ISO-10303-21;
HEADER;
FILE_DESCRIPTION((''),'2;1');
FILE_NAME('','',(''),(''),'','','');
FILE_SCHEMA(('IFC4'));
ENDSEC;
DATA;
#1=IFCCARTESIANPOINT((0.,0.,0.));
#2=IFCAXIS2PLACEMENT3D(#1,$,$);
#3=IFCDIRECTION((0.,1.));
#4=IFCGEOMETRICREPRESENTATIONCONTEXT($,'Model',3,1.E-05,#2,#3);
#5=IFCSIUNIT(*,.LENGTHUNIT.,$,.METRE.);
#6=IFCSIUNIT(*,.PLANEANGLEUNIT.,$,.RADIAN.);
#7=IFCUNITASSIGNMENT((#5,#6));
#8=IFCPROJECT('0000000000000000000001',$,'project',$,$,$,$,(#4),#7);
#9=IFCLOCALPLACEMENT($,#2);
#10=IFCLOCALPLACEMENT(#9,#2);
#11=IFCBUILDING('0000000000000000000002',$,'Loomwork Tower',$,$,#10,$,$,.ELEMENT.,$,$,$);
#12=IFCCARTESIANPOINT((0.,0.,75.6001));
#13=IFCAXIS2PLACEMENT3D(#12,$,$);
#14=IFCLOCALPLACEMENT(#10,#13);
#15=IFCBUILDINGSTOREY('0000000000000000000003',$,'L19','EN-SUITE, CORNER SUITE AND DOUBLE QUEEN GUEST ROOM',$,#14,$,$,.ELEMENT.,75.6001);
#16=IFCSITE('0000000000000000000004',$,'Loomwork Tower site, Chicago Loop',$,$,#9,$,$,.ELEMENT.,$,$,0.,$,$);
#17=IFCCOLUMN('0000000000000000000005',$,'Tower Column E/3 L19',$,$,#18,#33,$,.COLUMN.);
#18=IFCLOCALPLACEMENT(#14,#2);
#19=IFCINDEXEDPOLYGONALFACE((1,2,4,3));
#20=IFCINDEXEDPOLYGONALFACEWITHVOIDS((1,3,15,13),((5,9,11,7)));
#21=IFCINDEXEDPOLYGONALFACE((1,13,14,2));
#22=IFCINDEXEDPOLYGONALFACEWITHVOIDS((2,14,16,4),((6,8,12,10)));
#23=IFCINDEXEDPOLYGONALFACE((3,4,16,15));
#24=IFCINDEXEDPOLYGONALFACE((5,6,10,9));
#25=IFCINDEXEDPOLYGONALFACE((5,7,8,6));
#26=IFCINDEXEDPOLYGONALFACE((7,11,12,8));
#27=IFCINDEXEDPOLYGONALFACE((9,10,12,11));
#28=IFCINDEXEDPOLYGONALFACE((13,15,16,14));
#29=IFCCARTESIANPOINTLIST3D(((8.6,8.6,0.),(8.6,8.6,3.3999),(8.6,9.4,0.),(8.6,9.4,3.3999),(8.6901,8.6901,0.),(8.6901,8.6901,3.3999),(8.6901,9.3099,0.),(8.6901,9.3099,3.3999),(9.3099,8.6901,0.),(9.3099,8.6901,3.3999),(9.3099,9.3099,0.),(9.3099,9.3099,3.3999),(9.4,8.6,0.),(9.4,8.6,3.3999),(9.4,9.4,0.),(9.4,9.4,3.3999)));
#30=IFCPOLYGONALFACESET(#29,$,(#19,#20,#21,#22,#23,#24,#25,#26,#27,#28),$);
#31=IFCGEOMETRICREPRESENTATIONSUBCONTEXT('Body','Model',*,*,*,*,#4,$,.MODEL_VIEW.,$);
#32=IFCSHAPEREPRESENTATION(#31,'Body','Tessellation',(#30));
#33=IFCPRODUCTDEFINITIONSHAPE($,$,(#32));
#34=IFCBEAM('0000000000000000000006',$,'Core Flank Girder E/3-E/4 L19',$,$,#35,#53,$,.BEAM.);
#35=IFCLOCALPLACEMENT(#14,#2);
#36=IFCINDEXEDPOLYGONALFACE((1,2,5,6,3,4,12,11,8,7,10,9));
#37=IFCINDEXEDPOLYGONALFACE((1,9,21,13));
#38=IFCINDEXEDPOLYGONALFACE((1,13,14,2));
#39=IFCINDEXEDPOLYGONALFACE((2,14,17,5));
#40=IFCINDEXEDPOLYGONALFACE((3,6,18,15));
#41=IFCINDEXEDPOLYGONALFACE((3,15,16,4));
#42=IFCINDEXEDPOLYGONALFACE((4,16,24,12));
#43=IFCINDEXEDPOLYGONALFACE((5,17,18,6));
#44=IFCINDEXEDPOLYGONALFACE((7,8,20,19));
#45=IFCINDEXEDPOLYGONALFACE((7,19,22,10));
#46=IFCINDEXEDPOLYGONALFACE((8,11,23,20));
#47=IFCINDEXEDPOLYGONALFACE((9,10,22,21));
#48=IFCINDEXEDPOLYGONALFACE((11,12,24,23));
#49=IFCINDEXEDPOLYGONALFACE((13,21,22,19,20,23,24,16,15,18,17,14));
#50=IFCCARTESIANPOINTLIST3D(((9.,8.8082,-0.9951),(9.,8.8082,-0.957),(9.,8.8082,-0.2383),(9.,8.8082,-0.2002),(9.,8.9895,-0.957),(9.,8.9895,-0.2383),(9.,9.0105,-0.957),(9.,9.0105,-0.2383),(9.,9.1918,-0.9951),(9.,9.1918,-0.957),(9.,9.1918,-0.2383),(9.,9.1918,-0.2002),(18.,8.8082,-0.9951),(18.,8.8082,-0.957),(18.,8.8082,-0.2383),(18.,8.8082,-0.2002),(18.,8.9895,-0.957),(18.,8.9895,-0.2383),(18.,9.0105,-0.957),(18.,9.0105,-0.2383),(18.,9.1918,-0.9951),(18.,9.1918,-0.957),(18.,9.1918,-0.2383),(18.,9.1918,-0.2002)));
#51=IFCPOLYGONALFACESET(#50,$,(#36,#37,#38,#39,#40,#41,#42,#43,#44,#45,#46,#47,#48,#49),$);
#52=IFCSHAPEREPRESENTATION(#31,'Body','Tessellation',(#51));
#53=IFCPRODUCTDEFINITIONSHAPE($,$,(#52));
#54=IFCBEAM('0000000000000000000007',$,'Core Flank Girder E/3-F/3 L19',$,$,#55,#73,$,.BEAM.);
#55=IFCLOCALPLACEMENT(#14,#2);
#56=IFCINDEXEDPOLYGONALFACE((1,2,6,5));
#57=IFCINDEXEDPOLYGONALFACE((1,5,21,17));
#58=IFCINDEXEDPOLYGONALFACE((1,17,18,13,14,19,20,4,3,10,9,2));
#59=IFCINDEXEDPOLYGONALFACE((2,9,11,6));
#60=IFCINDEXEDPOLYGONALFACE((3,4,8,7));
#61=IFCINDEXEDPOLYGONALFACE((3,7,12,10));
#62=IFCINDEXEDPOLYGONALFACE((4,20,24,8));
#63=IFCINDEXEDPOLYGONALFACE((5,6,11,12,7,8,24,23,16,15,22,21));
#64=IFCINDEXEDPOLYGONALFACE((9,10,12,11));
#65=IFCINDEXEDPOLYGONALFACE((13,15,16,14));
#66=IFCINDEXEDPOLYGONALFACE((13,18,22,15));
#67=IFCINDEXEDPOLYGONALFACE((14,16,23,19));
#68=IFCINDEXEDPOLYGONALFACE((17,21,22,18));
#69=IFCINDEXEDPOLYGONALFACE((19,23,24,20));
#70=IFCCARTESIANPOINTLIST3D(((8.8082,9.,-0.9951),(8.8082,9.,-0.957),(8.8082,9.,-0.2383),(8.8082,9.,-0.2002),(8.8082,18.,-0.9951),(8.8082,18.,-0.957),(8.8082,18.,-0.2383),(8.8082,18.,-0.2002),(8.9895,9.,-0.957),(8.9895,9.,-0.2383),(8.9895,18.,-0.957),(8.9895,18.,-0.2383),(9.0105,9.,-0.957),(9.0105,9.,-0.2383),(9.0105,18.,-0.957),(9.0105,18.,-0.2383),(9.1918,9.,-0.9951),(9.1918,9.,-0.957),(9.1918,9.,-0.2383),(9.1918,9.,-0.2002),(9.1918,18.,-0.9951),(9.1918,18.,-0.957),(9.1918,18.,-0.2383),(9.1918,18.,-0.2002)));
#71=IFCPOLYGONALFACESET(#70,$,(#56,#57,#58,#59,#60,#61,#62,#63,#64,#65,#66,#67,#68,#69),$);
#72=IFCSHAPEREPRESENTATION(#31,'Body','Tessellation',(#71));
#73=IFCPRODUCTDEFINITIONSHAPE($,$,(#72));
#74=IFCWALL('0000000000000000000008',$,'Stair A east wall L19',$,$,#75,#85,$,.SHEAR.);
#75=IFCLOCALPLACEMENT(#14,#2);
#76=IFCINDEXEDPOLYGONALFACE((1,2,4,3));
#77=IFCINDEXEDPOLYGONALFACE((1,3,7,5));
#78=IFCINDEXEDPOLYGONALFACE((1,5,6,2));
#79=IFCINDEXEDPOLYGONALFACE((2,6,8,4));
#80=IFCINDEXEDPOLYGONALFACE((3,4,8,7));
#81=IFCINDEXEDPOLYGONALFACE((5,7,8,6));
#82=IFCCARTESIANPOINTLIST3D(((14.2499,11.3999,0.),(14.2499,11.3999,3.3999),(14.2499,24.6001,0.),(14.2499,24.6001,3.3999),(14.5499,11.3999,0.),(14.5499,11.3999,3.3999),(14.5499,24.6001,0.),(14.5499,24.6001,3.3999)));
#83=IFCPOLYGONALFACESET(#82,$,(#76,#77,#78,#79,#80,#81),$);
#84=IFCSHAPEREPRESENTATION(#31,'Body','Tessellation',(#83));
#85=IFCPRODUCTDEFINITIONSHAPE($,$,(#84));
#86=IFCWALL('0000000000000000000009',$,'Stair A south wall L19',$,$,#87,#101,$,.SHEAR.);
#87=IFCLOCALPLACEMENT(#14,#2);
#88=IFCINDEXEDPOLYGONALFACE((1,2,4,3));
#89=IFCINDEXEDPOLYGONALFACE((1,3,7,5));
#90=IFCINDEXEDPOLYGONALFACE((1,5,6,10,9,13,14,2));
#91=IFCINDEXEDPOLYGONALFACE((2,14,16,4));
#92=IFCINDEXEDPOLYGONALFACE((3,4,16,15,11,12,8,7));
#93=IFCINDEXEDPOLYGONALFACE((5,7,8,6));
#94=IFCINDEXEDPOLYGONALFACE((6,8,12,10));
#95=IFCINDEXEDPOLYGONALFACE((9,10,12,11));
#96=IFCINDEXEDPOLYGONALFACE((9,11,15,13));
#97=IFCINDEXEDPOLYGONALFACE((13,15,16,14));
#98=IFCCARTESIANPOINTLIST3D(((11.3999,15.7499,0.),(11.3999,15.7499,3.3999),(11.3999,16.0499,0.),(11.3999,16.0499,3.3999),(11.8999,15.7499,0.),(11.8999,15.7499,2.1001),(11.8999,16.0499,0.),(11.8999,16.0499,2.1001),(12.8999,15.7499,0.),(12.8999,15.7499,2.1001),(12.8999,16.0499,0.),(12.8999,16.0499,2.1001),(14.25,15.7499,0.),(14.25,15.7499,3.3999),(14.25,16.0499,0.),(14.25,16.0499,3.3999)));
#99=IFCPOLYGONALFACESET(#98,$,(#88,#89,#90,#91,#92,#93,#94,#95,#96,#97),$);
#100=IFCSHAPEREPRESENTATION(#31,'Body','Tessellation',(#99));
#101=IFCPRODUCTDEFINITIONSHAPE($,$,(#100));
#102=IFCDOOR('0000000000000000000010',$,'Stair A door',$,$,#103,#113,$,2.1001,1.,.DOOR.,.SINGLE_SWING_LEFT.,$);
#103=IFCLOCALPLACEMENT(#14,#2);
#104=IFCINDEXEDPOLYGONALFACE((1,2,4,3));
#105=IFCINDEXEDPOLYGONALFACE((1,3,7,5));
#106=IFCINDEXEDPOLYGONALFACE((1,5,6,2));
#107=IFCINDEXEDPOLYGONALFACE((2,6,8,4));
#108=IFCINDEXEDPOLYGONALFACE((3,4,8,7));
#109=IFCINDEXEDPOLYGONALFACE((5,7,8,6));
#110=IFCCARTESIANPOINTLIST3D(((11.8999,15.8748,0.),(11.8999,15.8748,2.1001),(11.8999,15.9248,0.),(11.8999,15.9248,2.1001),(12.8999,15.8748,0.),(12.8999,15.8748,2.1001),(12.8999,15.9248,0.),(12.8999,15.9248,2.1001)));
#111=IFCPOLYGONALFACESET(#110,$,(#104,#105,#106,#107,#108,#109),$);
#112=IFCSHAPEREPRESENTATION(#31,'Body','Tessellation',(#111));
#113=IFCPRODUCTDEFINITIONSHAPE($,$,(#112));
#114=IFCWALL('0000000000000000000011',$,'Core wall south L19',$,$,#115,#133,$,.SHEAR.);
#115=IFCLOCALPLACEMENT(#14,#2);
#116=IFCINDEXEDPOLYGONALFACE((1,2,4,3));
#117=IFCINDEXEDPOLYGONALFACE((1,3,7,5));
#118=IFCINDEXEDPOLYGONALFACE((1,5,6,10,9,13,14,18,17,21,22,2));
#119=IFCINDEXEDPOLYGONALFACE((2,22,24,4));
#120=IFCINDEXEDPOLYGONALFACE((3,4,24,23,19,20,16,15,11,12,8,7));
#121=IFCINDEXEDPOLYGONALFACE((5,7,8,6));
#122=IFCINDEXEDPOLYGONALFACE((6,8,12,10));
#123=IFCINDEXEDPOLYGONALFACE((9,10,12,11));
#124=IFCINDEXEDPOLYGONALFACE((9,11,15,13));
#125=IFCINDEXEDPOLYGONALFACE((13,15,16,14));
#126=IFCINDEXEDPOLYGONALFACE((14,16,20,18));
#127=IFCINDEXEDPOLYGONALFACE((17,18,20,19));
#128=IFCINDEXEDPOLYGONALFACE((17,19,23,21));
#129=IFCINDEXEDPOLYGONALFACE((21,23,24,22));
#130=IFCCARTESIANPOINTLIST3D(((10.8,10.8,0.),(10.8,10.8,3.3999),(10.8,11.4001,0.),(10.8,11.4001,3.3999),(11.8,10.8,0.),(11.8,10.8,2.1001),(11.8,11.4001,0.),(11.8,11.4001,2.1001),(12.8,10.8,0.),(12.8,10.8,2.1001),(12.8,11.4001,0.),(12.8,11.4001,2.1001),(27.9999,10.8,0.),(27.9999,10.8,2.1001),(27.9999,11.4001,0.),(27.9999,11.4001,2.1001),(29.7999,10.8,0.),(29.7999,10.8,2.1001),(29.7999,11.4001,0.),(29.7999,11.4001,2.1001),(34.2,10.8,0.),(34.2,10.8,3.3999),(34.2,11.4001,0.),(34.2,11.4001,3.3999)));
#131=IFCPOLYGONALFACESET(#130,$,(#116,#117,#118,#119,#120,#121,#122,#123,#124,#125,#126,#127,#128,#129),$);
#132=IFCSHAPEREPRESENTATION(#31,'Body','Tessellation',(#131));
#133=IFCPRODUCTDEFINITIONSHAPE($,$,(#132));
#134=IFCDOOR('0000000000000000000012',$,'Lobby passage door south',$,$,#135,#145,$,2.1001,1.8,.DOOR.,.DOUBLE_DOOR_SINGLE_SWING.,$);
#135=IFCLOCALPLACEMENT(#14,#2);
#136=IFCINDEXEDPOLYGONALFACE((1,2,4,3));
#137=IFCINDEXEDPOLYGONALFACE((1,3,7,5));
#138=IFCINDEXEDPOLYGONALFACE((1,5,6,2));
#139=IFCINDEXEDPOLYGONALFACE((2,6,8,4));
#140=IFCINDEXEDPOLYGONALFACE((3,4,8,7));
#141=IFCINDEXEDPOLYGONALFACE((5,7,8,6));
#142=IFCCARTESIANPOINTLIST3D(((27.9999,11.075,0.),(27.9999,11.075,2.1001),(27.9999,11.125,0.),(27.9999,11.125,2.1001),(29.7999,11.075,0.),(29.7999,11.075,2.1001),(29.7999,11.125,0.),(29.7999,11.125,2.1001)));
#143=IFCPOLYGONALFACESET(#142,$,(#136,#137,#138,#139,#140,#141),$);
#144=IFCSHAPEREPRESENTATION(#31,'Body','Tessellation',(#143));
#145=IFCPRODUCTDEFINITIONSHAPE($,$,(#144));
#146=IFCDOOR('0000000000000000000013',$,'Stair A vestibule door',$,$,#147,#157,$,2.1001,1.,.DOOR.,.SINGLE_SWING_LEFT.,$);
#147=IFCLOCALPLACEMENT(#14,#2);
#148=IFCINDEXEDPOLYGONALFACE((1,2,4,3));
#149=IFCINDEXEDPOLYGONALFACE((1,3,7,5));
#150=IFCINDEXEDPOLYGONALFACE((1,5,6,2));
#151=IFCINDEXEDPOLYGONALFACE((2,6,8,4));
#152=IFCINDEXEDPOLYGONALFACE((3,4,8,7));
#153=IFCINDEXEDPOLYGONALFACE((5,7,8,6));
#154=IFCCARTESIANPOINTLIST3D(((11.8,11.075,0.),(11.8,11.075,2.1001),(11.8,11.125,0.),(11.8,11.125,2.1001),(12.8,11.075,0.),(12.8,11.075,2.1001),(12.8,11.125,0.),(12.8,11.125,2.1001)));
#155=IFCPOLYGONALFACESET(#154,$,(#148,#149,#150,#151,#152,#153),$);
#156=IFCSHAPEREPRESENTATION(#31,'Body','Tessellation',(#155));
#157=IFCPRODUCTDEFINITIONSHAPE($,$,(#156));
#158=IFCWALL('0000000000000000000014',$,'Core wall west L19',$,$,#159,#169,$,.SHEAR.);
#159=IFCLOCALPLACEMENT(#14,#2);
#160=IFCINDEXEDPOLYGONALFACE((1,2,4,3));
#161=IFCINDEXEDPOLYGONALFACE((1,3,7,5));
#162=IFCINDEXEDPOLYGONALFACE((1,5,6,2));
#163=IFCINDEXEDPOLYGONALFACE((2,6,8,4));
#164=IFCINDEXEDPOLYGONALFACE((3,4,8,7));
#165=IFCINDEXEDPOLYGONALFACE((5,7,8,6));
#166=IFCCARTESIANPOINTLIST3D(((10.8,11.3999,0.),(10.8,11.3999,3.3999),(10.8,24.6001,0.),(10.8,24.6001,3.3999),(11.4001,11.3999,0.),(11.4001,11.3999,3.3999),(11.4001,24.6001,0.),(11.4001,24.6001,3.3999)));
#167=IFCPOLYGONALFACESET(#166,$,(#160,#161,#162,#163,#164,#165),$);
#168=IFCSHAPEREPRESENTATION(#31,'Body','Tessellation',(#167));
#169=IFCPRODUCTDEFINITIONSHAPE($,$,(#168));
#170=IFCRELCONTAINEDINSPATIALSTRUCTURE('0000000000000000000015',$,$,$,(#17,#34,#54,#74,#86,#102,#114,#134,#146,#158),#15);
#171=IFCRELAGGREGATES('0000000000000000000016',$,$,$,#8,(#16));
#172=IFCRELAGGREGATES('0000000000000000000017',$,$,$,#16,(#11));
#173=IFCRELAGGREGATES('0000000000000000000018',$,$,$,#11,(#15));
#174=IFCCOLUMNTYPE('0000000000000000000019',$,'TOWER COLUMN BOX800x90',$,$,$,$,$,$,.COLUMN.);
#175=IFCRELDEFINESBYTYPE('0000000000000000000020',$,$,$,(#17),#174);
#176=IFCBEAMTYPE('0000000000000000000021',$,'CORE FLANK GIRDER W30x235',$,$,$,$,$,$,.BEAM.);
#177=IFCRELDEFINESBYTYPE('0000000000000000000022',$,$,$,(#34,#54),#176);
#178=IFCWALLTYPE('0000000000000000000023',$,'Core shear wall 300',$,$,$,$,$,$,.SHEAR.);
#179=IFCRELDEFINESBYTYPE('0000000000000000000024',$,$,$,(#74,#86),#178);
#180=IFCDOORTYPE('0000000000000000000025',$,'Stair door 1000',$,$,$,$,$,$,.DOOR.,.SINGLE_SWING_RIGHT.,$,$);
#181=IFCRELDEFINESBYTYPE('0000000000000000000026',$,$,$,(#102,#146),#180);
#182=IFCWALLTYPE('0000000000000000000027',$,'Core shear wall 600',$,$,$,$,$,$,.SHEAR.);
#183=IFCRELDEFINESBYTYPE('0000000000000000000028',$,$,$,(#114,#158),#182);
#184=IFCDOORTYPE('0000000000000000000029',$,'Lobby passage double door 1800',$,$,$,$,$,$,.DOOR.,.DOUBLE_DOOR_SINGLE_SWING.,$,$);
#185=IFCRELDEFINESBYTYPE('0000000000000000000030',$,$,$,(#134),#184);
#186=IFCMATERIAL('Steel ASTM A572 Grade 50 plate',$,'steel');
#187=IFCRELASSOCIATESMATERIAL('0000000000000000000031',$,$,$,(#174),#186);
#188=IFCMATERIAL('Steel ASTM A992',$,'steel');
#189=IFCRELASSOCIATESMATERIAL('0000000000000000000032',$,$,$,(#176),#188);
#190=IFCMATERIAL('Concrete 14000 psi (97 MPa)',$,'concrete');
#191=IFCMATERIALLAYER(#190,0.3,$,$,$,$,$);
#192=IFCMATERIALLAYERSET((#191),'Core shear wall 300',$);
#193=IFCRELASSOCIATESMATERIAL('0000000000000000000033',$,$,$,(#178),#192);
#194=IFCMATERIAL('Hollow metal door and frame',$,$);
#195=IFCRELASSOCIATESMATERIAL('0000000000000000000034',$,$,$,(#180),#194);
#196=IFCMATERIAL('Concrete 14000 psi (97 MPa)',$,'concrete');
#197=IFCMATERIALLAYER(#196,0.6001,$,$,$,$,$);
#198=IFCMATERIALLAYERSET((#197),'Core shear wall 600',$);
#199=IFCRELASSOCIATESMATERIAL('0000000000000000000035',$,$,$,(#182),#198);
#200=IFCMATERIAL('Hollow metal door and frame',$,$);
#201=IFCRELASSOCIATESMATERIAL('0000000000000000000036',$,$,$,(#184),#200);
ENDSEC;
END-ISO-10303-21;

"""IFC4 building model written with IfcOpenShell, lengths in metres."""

from ifc_helpers import new_model, si_unit, direction, frame, frame_2d, origin, origin_2d, place, context, subcontext, project, spatial, rectangle, hollow_rectangle, i_section, extrude, material, layer, layer_set, material_profile, profile_set, type_object, element, fill, save


model = new_model("IFC4")

# Units and contexts
model_context = context("Model", 3, precision=1e-05, world=origin(), true_north=direction((0.0, 1.0)))
body_context = subcontext(model_context, "Body", "Model", "MODEL_VIEW")
ifc_project = project(units=[si_unit("LENGTHUNIT", "METRE"), si_unit("PLANEANGLEUNIT", "RADIAN")], contexts=[model_context])

# Site, building, storey
site_placement = place(None, origin())
site = spatial("IfcSite", under=ifc_project, at=site_placement, Name="Loomwork Tower site, Chicago Loop", CompositionType="ELEMENT", RefElevation=0.0)
building_placement = place(site_placement, origin())
building = spatial("IfcBuilding", under=site, at=building_placement, Name="Loomwork Tower", CompositionType="ELEMENT")
storey_placement = place(building_placement, frame((0.0, 0.0, 75.6001)))
storey = spatial("IfcBuildingStorey", under=building, at=storey_placement, Name="L19", Description="EN-SUITE, CORNER SUITE AND DOUBLE QUEEN GUEST ROOM", CompositionType="ELEMENT", Elevation=75.6001)

# Column
ifc_material_1 = material(Name="Steel ASTM A572 Grade 50 plate", Category="steel")
ifc_material_profile_1 = material_profile(ifc_material_1, hollow_rectangle(XDim=0.8, YDim=0.8, WallThickness=0.0901, at=origin_2d()), Name="BOX800x90")
ifc_profile_set_1 = profile_set([ifc_material_profile_1], Name="Steel ASTM A572 Grade 50 plate")
column_type = type_object("IfcColumnType", Name="TOWER COLUMN BOX800x90", PredefinedType="COLUMN", material=ifc_profile_set_1)
column_placement = place(storey_placement, frame((9.0, 9.0, 0.0), z_axis=(0.0, 0.0, 1.0), x_axis=(1.0, 0.0, 0.0)))
element("IfcColumn", 1, at=column_placement, inside=storey, type_object=column_type, Name="Tower Column E/3 L19", PredefinedType="COLUMN", context=body_context, shape_type="SweptSolid", body=[
    extrude(hollow_rectangle(XDim=0.8, YDim=0.8, WallThickness=0.0901, at=origin_2d()), origin(), (0.0, 0.0, 1.0), 3.3999),
])

# Beams
ifc_material_2 = material(Name="Steel ASTM A992", Category="steel")
ifc_material_profile_2 = material_profile(ifc_material_2, i_section(OverallWidth=0.3835, OverallDepth=0.7949, WebThickness=0.021, FlangeThickness=0.0381, at=origin_2d()), Name="W30x235")
ifc_profile_set_2 = profile_set([ifc_material_profile_2], Name="Steel ASTM A992")
beam_type = type_object("IfcBeamType", Name="CORE FLANK GIRDER W30x235", PredefinedType="BEAM", material=ifc_profile_set_2)
for number, where, z_axis, x_axis, name in (
    (2, (9.0, 9.0, -0.5977), (1.0, 0.0, 0.0), (0.0, 1.0, 0.0), "Core Flank Girder E/3-E/4 L19"),
    (3, (9.0, 9.0, -0.5977), (0.0, 1.0, 0.0), (-1.0, 0.0, 0.0), "Core Flank Girder E/3-F/3 L19"),
):
    element("IfcBeam", number, at=place(storey_placement, frame(where, z_axis=z_axis, x_axis=x_axis)), inside=storey, type_object=beam_type, Name=name, PredefinedType="BEAM", context=body_context, shape_type="SweptSolid", body=[
        extrude(i_section(OverallWidth=0.3835, OverallDepth=0.7949, WebThickness=0.021, FlangeThickness=0.0381, at=origin_2d()), origin(), (0.0, 0.0, 1.0), 9.0),
    ])

# Wall
ifc_material_3 = material(Name="Concrete 14000 psi (97 MPa)", Category="concrete")
ifc_layer_1 = layer(ifc_material_3, 0.3)
ifc_layer_set_1 = layer_set([ifc_layer_1], Name="Core shear wall 300")
wall_type_1 = type_object("IfcWallType", Name="Core shear wall 300", PredefinedType="SHEAR", material=ifc_layer_set_1)
wall_1_placement = place(storey_placement, frame((14.3999, 11.3999, 0.0), z_axis=(0.0, 0.0, 1.0), x_axis=(0.0, 1.0, 0.0)))
element("IfcWall", 4, at=wall_1_placement, inside=storey, type_object=wall_type_1, Name="Stair A east wall L19", PredefinedType="SHEAR", context=body_context, shape_type="SweptSolid", body=[
    extrude(rectangle(XDim=13.2002, YDim=0.3, at=frame_2d((6.6001, 0.0))), origin(), (0.0, 0.0, 1.0), 3.3999),
])

# Wall, opening, door
wall_2_placement = place(storey_placement, frame((11.3999, 15.8999, 0.0), z_axis=(0.0, 0.0, 1.0), x_axis=(1.0, 0.0, 0.0)))
wall_2 = element("IfcWall", 5, at=wall_2_placement, inside=storey, type_object=wall_type_1, Name="Stair A south wall L19", PredefinedType="SHEAR", context=body_context, shape_type="SweptSolid", body=[
    extrude(rectangle(XDim=2.8501, YDim=0.3, at=frame_2d((1.425, 0.0))), origin(), (0.0, 0.0, 1.0), 3.3999),
])
opening_1_placement = place(wall_2_placement, frame((0.5, 0.0, 0.0)))
opening_1 = element("IfcOpeningElement", 6, at=opening_1_placement, cuts=wall_2, PredefinedType="OPENING", context=body_context, shape_type="SweptSolid", body=[
    extrude(rectangle(XDim=1.0, YDim=2.1001, at=frame_2d((0.5, 1.05))), frame((0.0, 0.1599, 0.0), z_axis=(0.0, -1.0, 0.0), x_axis=(1.0, 0.0, 0.0)), (0.0, 0.0, 1.0), 0.3201),
])
ifc_material_4 = material(Name="Hollow metal door and frame")
door_type_1 = type_object("IfcDoorType", Name="Stair door 1000", OperationType="SINGLE_SWING_RIGHT", PredefinedType="DOOR", material=ifc_material_4)
door_1_placement = place(opening_1_placement, origin())
door_1 = element("IfcDoor", 7, at=door_1_placement, inside=storey, type_object=door_type_1, Name="Stair A door", OperationType="SINGLE_SWING_LEFT", OverallHeight=2.1001, OverallWidth=1.0, PredefinedType="DOOR", context=body_context, shape_type="SweptSolid", body=[
    extrude(rectangle(XDim=1.0, YDim=2.1001, at=frame_2d((0.5, 1.05))), frame((0.0, 0.0249, 0.0), z_axis=(0.0, -1.0, 0.0), x_axis=(1.0, 0.0, 0.0)), (0.0, 0.0, 1.0), 0.05),
])
fill(opening_1, door_1)

# Wall, openings, doors
ifc_material_5 = material(Name="Concrete 14000 psi (97 MPa)", Category="concrete")
ifc_layer_2 = layer(ifc_material_5, 0.6001)
ifc_layer_set_2 = layer_set([ifc_layer_2], Name="Core shear wall 600")
wall_type_2 = type_object("IfcWallType", Name="Core shear wall 600", PredefinedType="SHEAR", material=ifc_layer_set_2)
wall_3_placement = place(storey_placement, frame((10.8, 11.1001, 0.0), z_axis=(0.0, 0.0, 1.0), x_axis=(1.0, 0.0, 0.0)))
wall_3 = element("IfcWall", 8, at=wall_3_placement, inside=storey, type_object=wall_type_2, Name="Core wall south L19", PredefinedType="SHEAR", context=body_context, shape_type="SweptSolid", body=[
    extrude(rectangle(XDim=23.3999, YDim=0.6001, at=frame_2d((11.7, 0.0))), origin(), (0.0, 0.0, 1.0), 3.3999),
])
opening_2_placement = place(wall_3_placement, frame((1.0, 0.0, 0.0)))
opening_2 = element("IfcOpeningElement", 9, at=opening_2_placement, cuts=wall_3, PredefinedType="OPENING", context=body_context, shape_type="SweptSolid", body=[
    extrude(rectangle(XDim=1.0, YDim=2.1001, at=frame_2d((0.5, 1.05))), frame((0.0, 0.3101, 0.0), z_axis=(0.0, -1.0, 0.0), x_axis=(1.0, 0.0, 0.0)), (0.0, 0.0, 1.0), 0.6201),
])
opening_3_placement = place(wall_3_placement, frame((17.2, 0.0, 0.0)))
opening_3 = element("IfcOpeningElement", 10, at=opening_3_placement, cuts=wall_3, PredefinedType="OPENING", context=body_context, shape_type="SweptSolid", body=[
    extrude(rectangle(XDim=1.8, YDim=2.1001, at=frame_2d((0.8999, 1.05))), frame((0.0, 0.3101, 0.0), z_axis=(0.0, -1.0, 0.0), x_axis=(1.0, 0.0, 0.0)), (0.0, 0.0, 1.0), 0.6201),
])
ifc_material_6 = material(Name="Hollow metal door and frame")
door_type_2 = type_object("IfcDoorType", Name="Lobby passage double door 1800", OperationType="DOUBLE_DOOR_SINGLE_SWING", PredefinedType="DOOR", material=ifc_material_6)
door_2_placement = place(opening_3_placement, origin())
door_2 = element("IfcDoor", 11, at=door_2_placement, inside=storey, type_object=door_type_2, Name="Lobby passage door south", OperationType="DOUBLE_DOOR_SINGLE_SWING", OverallHeight=2.1001, OverallWidth=1.8, PredefinedType="DOOR", context=body_context, shape_type="SweptSolid", body=[
    extrude(rectangle(XDim=1.8, YDim=2.1001, at=frame_2d((0.8999, 1.05))), frame((0.0, 0.0249, 0.0), z_axis=(0.0, -1.0, 0.0), x_axis=(1.0, 0.0, 0.0)), (0.0, 0.0, 1.0), 0.05),
])
fill(opening_3, door_2)
door_3_placement = place(opening_2_placement, origin())
door_3 = element("IfcDoor", 12, at=door_3_placement, inside=storey, type_object=door_type_1, Name="Stair A vestibule door", OperationType="SINGLE_SWING_LEFT", OverallHeight=2.1001, OverallWidth=1.0, PredefinedType="DOOR", context=body_context, shape_type="SweptSolid", body=[
    extrude(rectangle(XDim=1.0, YDim=2.1001, at=frame_2d((0.5, 1.05))), frame((0.0, 0.0249, 0.0), z_axis=(0.0, -1.0, 0.0), x_axis=(1.0, 0.0, 0.0)), (0.0, 0.0, 1.0), 0.05),
])
fill(opening_2, door_3)

# Wall
wall_4_placement = place(storey_placement, frame((11.1001, 11.3999, 0.0), z_axis=(0.0, 0.0, 1.0), x_axis=(0.0, 1.0, 0.0)))
element("IfcWall", 13, at=wall_4_placement, inside=storey, type_object=wall_type_2, Name="Core wall west L19", PredefinedType="SHEAR", context=body_context, shape_type="SweptSolid", body=[
    extrude(rectangle(XDim=13.2002, YDim=0.6001, at=frame_2d((6.6001, 0.0))), origin(), (0.0, 0.0, 1.0), 3.3999),
])

save(model, "model.ifc")
